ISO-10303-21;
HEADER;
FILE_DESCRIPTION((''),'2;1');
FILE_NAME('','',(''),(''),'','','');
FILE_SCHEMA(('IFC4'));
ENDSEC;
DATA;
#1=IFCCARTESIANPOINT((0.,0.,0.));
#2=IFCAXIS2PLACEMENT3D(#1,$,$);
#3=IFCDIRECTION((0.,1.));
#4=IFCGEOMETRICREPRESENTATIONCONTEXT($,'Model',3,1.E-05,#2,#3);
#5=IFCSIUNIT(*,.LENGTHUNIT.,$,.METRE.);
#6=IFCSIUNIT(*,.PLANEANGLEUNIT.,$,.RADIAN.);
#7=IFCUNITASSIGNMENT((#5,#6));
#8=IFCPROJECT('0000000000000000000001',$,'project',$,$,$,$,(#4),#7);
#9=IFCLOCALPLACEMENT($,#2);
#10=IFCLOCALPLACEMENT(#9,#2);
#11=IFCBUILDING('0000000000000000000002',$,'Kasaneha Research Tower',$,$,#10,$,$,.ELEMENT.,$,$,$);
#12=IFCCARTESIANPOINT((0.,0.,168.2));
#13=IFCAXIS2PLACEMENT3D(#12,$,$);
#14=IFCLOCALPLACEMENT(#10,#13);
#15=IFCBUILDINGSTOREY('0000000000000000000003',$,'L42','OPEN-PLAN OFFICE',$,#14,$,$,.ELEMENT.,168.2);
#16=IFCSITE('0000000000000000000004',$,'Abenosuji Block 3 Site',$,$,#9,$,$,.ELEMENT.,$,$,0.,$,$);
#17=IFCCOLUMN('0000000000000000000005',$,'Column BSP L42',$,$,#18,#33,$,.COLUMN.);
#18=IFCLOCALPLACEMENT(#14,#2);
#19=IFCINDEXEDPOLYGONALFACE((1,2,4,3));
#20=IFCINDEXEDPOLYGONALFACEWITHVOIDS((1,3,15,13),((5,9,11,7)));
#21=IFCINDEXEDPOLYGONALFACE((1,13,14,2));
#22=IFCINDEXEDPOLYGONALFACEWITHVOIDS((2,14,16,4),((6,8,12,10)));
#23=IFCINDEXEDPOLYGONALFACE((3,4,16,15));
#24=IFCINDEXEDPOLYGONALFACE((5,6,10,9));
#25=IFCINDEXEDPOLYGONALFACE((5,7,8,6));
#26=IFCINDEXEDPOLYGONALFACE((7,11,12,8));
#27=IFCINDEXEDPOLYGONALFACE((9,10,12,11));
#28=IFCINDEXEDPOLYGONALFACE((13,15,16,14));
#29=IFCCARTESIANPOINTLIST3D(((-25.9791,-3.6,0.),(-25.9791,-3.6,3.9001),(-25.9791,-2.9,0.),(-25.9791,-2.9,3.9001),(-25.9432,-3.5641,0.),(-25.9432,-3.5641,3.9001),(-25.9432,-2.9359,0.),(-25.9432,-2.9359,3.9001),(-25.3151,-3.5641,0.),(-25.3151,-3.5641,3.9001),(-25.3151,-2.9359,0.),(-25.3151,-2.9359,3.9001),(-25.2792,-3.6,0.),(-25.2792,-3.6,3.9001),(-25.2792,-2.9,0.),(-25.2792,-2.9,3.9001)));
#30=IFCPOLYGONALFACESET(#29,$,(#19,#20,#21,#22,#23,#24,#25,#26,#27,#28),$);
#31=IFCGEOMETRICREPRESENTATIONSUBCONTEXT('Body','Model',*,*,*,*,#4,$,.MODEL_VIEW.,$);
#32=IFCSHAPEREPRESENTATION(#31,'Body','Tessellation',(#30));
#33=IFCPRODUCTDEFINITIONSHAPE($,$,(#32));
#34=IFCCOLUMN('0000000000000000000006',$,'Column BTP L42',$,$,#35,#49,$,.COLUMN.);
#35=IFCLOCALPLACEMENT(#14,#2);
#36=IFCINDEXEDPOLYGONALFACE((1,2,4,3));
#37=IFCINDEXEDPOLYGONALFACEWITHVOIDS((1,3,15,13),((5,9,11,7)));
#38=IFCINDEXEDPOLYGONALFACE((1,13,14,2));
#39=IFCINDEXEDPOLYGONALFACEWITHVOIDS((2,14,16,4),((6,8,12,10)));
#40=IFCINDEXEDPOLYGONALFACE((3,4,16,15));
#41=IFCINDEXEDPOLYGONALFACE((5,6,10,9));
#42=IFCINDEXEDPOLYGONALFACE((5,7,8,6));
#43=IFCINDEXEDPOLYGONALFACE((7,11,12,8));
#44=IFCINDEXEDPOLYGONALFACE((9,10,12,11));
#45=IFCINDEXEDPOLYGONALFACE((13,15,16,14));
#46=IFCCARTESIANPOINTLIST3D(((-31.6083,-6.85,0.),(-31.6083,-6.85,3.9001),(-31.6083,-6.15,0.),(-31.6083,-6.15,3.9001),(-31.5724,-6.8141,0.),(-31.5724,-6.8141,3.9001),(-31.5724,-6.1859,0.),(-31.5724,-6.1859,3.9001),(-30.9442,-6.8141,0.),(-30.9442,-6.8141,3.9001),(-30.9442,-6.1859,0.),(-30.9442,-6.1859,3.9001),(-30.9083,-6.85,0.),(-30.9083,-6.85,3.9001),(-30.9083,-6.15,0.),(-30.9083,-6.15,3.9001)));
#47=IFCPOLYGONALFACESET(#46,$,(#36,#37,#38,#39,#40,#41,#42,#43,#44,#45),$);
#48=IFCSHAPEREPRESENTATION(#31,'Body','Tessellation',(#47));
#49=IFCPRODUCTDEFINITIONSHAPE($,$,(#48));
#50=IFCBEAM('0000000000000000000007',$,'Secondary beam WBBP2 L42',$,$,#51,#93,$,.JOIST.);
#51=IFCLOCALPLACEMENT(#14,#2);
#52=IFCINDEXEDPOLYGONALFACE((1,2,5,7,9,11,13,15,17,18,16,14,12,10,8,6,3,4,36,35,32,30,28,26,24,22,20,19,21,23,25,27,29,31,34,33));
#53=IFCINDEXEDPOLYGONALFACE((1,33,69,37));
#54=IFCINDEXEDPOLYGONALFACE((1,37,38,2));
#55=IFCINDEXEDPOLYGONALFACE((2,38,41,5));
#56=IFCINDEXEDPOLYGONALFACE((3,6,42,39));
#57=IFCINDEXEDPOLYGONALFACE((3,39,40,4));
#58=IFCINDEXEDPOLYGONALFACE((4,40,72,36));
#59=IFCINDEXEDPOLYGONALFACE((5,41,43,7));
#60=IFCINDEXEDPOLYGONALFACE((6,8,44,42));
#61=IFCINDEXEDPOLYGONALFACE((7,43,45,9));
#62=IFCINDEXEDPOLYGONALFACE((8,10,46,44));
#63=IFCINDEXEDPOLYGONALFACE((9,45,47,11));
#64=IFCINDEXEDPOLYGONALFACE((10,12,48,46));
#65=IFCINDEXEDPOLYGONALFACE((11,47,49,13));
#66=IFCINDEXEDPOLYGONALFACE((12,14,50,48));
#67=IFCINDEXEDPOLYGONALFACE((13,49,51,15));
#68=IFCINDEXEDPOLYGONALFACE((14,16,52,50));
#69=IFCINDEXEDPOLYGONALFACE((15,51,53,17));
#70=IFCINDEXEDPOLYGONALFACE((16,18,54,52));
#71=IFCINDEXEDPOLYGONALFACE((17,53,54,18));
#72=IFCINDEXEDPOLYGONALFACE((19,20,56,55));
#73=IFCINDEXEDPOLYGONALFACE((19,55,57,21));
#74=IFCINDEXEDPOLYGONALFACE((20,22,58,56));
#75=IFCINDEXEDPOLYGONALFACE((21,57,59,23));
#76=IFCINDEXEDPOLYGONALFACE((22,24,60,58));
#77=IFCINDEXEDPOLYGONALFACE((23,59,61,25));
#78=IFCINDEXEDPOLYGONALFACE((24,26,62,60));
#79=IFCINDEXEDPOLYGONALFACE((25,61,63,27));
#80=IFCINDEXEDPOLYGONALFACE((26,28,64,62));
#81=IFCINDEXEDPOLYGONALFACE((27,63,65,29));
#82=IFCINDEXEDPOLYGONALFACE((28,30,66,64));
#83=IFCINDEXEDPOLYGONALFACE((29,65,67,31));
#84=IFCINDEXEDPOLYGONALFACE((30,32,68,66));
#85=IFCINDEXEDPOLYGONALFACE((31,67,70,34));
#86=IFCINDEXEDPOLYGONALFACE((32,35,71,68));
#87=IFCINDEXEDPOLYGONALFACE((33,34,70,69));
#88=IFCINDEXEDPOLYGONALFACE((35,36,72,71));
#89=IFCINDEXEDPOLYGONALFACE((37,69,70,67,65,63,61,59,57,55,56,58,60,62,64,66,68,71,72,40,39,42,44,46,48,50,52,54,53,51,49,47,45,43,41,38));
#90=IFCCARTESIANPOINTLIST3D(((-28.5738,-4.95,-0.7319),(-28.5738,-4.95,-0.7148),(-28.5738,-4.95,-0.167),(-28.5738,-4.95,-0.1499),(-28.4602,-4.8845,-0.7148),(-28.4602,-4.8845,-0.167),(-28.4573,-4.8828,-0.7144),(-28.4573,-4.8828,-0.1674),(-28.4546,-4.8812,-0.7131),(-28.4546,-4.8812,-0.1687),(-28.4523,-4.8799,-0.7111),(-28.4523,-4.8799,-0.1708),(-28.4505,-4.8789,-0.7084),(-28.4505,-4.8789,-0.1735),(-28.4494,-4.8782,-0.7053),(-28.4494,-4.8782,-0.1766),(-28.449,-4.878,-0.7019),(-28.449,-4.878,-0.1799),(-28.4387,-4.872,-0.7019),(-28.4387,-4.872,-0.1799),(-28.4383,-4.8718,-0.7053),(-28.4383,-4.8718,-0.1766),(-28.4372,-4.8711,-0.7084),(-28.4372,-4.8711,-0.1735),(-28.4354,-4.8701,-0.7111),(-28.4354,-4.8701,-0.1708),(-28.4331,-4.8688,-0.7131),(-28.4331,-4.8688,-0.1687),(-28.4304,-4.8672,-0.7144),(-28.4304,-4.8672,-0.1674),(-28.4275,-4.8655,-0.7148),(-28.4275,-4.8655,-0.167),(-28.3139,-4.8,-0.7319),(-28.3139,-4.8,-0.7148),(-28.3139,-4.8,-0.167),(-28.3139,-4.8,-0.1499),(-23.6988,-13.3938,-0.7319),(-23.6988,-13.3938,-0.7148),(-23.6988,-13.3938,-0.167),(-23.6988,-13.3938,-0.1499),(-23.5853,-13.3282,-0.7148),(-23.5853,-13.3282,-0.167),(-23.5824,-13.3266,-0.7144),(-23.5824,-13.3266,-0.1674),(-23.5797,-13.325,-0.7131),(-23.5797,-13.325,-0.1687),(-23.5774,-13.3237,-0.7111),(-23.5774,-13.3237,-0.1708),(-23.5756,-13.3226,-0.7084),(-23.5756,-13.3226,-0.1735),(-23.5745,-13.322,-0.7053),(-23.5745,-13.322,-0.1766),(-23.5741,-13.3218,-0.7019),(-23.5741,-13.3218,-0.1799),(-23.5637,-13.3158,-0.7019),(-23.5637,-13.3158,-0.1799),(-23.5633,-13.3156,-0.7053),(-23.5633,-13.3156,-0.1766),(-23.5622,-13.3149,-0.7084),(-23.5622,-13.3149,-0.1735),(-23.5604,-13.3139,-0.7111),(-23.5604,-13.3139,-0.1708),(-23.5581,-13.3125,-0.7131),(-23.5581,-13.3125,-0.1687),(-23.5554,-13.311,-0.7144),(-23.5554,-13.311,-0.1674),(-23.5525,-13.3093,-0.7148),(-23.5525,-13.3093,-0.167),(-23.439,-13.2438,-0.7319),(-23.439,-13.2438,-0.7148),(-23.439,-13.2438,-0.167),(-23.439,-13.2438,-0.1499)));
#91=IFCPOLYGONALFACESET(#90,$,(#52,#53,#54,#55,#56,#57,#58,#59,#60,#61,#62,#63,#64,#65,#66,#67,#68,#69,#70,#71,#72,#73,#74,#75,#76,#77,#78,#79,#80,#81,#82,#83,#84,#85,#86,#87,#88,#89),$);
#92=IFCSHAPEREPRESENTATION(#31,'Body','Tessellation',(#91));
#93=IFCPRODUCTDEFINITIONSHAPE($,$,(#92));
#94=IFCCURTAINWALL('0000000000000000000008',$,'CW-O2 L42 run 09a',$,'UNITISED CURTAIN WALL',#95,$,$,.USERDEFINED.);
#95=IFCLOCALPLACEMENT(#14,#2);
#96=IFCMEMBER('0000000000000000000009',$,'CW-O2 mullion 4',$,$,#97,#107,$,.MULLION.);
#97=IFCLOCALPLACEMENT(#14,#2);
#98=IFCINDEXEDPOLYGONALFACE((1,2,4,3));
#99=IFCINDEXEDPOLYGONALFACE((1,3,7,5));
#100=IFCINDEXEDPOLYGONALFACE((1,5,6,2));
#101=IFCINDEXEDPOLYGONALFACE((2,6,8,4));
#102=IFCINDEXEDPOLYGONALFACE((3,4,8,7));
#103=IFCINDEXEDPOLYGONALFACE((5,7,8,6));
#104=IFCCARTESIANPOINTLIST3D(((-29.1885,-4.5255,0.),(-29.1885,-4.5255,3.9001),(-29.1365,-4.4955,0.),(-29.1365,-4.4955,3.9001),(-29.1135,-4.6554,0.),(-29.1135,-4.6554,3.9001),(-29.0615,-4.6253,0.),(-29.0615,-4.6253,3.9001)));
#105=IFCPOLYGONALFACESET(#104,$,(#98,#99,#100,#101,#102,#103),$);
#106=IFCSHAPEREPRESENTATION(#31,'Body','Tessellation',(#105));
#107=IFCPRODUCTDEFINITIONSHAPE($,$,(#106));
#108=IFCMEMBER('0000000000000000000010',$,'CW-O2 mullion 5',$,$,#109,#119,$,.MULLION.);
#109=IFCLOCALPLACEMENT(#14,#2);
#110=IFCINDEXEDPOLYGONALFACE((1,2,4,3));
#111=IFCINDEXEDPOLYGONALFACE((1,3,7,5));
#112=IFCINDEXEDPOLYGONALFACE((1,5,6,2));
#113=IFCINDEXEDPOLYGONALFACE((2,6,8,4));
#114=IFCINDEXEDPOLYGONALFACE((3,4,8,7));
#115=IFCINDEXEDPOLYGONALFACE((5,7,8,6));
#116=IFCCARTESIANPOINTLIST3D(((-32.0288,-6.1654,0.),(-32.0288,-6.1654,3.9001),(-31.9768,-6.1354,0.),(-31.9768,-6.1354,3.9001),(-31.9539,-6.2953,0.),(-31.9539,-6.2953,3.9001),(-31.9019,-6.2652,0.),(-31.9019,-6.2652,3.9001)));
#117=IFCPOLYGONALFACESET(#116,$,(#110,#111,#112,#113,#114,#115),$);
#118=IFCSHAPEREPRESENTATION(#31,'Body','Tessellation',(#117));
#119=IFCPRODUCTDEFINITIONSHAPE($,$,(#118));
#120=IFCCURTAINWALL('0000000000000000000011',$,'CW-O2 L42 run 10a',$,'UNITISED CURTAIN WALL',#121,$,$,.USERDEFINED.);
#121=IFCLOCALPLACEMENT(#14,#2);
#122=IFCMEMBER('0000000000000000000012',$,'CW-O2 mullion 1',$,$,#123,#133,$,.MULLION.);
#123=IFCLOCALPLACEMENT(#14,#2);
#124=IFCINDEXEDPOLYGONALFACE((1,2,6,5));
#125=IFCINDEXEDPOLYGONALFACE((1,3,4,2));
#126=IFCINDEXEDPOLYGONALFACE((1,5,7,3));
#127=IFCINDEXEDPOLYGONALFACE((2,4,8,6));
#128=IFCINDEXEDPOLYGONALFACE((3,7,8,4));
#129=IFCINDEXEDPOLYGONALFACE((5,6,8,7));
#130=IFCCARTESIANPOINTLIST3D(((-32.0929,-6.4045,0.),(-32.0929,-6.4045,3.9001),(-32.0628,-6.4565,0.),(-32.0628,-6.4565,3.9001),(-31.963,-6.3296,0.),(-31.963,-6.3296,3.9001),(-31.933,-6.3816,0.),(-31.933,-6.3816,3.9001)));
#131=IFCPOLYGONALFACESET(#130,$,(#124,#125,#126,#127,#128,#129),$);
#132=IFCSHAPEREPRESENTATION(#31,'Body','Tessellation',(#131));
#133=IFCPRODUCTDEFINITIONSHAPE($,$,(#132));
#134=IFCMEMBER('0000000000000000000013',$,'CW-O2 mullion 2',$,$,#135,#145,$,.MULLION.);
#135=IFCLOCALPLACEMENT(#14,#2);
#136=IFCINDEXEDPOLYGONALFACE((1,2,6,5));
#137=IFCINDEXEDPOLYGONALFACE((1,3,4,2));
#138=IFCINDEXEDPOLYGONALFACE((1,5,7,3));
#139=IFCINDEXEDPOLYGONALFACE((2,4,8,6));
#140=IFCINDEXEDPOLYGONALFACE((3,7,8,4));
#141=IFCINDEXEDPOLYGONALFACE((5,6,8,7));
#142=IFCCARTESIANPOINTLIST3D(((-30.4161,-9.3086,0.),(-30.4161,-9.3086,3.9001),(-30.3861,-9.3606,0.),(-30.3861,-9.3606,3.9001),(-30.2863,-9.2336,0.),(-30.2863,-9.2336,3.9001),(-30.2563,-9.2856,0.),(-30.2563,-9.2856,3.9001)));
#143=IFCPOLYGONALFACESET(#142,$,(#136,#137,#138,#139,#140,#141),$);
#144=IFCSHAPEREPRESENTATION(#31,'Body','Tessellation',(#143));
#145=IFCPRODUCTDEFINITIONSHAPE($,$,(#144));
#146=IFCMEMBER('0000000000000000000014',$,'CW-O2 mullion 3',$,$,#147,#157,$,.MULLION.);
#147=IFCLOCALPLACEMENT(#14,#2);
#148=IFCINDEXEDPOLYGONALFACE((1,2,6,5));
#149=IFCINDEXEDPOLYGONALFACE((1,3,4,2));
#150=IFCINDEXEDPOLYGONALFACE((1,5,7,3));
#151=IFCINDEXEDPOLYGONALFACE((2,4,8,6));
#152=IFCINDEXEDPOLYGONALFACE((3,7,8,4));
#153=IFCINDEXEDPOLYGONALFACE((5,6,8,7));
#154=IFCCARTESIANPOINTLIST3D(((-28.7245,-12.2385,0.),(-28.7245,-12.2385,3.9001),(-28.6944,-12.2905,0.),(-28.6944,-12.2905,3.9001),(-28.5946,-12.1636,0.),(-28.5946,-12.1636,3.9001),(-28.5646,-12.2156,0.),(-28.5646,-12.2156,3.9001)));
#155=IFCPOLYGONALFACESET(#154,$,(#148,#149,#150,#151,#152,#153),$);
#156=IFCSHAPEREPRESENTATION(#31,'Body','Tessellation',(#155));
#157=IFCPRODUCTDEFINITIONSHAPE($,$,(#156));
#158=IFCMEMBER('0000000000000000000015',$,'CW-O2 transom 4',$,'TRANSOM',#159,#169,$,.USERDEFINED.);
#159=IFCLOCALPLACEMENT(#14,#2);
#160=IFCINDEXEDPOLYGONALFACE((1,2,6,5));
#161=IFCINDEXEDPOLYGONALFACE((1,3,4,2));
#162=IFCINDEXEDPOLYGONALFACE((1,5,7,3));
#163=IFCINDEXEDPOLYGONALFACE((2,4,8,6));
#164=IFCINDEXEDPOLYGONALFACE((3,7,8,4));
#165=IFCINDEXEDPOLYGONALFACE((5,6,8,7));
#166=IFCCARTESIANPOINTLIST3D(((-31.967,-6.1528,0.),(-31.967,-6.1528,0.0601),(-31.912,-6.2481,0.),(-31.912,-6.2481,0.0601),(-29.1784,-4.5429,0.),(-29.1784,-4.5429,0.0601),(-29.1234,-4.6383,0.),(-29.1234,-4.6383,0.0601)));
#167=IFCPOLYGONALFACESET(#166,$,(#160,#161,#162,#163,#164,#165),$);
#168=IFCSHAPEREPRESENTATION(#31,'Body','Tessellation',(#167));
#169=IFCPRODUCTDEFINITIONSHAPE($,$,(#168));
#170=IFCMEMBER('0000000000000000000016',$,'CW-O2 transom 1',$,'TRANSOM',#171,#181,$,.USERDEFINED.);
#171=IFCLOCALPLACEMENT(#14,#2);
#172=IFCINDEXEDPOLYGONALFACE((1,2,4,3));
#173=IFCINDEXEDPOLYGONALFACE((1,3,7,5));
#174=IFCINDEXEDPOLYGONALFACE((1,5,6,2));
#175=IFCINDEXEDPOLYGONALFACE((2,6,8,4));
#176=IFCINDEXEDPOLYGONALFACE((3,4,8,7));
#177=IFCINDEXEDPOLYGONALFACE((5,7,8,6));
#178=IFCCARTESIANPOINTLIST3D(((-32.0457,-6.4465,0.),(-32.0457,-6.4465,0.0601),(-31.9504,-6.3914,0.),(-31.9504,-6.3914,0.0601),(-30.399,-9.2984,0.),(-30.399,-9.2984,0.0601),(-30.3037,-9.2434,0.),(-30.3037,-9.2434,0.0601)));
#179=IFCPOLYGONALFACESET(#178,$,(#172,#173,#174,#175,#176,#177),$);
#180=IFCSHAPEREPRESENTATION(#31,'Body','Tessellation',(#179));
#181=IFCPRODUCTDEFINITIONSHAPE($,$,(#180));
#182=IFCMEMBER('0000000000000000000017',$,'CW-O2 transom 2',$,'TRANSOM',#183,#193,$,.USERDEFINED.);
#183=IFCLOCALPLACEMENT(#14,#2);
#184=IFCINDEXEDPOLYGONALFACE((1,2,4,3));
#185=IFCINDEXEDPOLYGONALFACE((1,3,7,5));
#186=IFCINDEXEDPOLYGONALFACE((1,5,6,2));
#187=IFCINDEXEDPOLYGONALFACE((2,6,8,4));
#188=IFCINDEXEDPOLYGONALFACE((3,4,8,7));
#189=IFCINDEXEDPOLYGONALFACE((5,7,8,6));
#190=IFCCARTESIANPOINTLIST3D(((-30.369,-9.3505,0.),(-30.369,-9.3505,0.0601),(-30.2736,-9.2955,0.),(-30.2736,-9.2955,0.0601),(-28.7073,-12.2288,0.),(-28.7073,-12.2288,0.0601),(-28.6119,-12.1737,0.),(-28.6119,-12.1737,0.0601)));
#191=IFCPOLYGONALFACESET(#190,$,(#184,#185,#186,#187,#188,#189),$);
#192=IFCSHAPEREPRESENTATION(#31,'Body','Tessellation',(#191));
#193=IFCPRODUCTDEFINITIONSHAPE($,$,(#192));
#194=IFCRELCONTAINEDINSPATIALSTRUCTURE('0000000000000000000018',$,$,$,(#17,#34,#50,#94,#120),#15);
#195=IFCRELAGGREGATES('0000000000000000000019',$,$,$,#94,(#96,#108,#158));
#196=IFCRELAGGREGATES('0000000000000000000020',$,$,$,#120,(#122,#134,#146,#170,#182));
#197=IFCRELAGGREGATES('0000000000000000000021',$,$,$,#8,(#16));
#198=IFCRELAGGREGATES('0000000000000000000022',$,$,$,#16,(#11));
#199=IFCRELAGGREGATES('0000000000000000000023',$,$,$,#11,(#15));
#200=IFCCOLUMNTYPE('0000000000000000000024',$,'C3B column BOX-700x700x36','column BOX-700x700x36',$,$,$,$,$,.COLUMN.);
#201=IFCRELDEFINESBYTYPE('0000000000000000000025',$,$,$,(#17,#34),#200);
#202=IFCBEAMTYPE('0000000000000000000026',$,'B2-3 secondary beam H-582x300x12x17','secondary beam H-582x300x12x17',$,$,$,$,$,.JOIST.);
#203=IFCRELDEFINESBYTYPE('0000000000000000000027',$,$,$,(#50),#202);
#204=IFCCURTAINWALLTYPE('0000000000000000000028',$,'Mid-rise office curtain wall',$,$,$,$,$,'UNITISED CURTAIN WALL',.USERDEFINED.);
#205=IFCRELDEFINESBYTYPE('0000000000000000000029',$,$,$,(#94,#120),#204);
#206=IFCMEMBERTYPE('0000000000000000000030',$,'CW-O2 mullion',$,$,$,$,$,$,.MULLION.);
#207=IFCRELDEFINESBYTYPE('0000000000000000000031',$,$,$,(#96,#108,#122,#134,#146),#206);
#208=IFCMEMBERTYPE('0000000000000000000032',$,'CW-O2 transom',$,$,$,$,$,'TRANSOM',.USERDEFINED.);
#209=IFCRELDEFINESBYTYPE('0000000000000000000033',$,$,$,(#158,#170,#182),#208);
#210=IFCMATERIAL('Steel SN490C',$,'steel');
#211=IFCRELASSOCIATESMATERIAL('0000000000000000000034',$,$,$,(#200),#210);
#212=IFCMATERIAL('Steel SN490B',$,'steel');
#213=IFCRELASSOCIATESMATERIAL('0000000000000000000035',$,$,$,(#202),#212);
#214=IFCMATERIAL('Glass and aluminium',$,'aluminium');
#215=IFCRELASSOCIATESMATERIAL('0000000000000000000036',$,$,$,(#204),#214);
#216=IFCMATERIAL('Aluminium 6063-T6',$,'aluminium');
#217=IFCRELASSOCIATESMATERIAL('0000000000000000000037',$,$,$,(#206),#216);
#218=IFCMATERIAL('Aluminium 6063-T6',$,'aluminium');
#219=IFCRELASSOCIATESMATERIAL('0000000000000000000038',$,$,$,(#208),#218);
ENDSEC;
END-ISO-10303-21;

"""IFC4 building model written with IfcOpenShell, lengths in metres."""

from ifc_helpers import new_model, si_unit, direction, frame, origin, origin_2d, place, context, subcontext, project, spatial, rectangle, hollow_rectangle, i_section, extrude, material, material_profile, profile_set, type_object, element, aggregate, save


model = new_model("IFC4")

# Units and contexts
model_context = context("Model", 3, precision=1e-05, world=origin(), true_north=direction((0.0, 1.0)))
body_context = subcontext(model_context, "Body", "Model", "MODEL_VIEW")
ifc_project = project(units=[si_unit("LENGTHUNIT", "METRE"), si_unit("PLANEANGLEUNIT", "RADIAN")], contexts=[model_context])

# Site, building, storey
site_placement = place(None, origin())
site = spatial("IfcSite", under=ifc_project, at=site_placement, Name="Abenosuji Block 3 Site", CompositionType="ELEMENT", RefElevation=0.0)
building_placement = place(site_placement, origin())
building = spatial("IfcBuilding", under=site, at=building_placement, Name="Kasaneha Research Tower", CompositionType="ELEMENT")
storey_placement = place(building_placement, frame((0.0, 0.0, 168.2)))
storey = spatial("IfcBuildingStorey", under=building, at=storey_placement, Name="L42", Description="OPEN-PLAN OFFICE", CompositionType="ELEMENT", Elevation=168.2)

# Columns
ifc_material_1 = material(Name="Steel SN490C", Category="steel")
ifc_material_profile_1 = material_profile(ifc_material_1, hollow_rectangle(XDim=0.7, YDim=0.7, WallThickness=0.0359, at=origin_2d()), Name="BOX-700x700x36")
ifc_profile_set_1 = profile_set([ifc_material_profile_1], Name="Steel SN490C")
column_type = type_object("IfcColumnType", Name="C3B column BOX-700x700x36", Description="column BOX-700x700x36", PredefinedType="COLUMN", material=ifc_profile_set_1)
for number, where, z_axis, x_axis, name in (
    (1, (-25.6292, -3.25, 0.0), (0.0, 0.0, 1.0), (1.0, 0.0, 0.0), "Column BSP L42"),
    (2, (-31.2583, -6.5, 0.0), (0.0, 0.0, 1.0), (1.0, 0.0, 0.0), "Column BTP L42"),
):
    element("IfcColumn", number, at=place(storey_placement, frame(where, z_axis=z_axis, x_axis=x_axis)), inside=storey, type_object=column_type, Name=name, PredefinedType="COLUMN", context=body_context, shape_type="SweptSolid", body=[
        extrude(hollow_rectangle(XDim=0.7, YDim=0.7, WallThickness=0.0359, at=origin_2d()), origin(), (0.0, 0.0, 1.0), 3.9001),
    ])

# Beam
ifc_material_2 = material(Name="Steel SN490B", Category="steel")
ifc_material_profile_2 = material_profile(ifc_material_2, i_section(OverallWidth=0.3, OverallDepth=0.582, WebThickness=0.012, FlangeThickness=0.0171, FilletRadius=0.0129, at=origin_2d()), Name="H-582x300x12x17")
ifc_profile_set_2 = profile_set([ifc_material_profile_2], Name="Steel SN490B")
beam_type_1 = type_object("IfcBeamType", Name="B2-3 secondary beam H-582x300x12x17", Description="secondary beam H-582x300x12x17", PredefinedType="JOIST", material=ifc_profile_set_2)
beam_1_placement = place(storey_placement, frame((-28.4438, -4.875, -0.4409), z_axis=(0.499996, -0.866028, 0.0), x_axis=(0.866028, 0.499996, 0.0)))
element("IfcBeam", 3, at=beam_1_placement, inside=storey, type_object=beam_type_1, Name="Secondary beam WBBP2 L42", PredefinedType="JOIST", context=body_context, shape_type="SweptSolid", body=[
    extrude(i_section(OverallWidth=0.3, OverallDepth=0.582, WebThickness=0.012, FlangeThickness=0.0171, FilletRadius=0.0129, at=origin_2d()), origin(), (0.0, 0.0, 1.0), 9.75),
])

# Curtain walls, members
ifc_material_3 = material(Name="Glass and aluminium", Category="aluminium")
curtain_wall_type = type_object("IfcCurtainWallType", Name="Mid-rise office curtain wall", ElementType="UNITISED CURTAIN WALL", PredefinedType="USERDEFINED", material=ifc_material_3)
curtain_wall_1_placement = place(storey_placement, origin())
curtain_wall_1 = element("IfcCurtainWall", 4, at=curtain_wall_1_placement, inside=storey, type_object=curtain_wall_type, Name="CW-O2 L42 run 09a", ObjectType="UNITISED CURTAIN WALL", PredefinedType="USERDEFINED")
ifc_material_4 = material(Name="Aluminium 6063-T6", Category="aluminium")
ifc_material_profile_3 = material_profile(ifc_material_4, rectangle(XDim=0.0601, YDim=0.1499, at=origin_2d()), Name="CW-O2 mullion 60x150")
ifc_profile_set_3 = profile_set([ifc_material_profile_3], Name="Aluminium 6063-T6")
member_type_1 = type_object("IfcMemberType", Name="CW-O2 mullion", PredefinedType="MULLION", material=ifc_profile_set_3)
member_1_placement = place(storey_placement, frame((-29.125, -4.5754, 0.0), z_axis=(0.0, 0.0, 1.0), x_axis=(-0.866025, -0.5, 0.0)))
member_1 = element("IfcMember", 5, at=member_1_placement, type_object=member_type_1, Name="CW-O2 mullion 4", PredefinedType="MULLION", context=body_context, shape_type="SweptSolid", body=[
    extrude(rectangle(XDim=0.0601, YDim=0.1499, at=origin_2d()), origin(), (0.0, 0.0, 1.0), 3.9001),
])
member_2_placement = place(storey_placement, frame((-31.9653, -6.2153, 0.0), z_axis=(0.0, 0.0, 1.0), x_axis=(-0.866025, -0.5, 0.0)))
member_2 = element("IfcMember", 6, at=member_2_placement, type_object=member_type_1, Name="CW-O2 mullion 5", PredefinedType="MULLION", context=body_context, shape_type="SweptSolid", body=[
    extrude(rectangle(XDim=0.0601, YDim=0.1499, at=origin_2d()), origin(), (0.0, 0.0, 1.0), 3.9001),
])
curtain_wall_2_placement = place(storey_placement, origin())
curtain_wall_2 = element("IfcCurtainWall", 7, at=curtain_wall_2_placement, inside=storey, type_object=curtain_wall_type, Name="CW-O2 L42 run 10a", ObjectType="UNITISED CURTAIN WALL", PredefinedType="USERDEFINED")
member_3_placement = place(storey_placement, frame((-32.0129, -6.3931, 0.0), z_axis=(0.0, 0.0, 1.0), x_axis=(0.5, -0.866025, 0.0)))
member_3 = element("IfcMember", 8, at=member_3_placement, type_object=member_type_1, Name="CW-O2 mullion 1", PredefinedType="MULLION", context=body_context, shape_type="SweptSolid", body=[
    extrude(rectangle(XDim=0.0601, YDim=0.1499, at=origin_2d()), origin(), (0.0, 0.0, 1.0), 3.9001),
])
member_4_placement = place(storey_placement, frame((-30.3362, -9.2971, 0.0), z_axis=(0.0, 0.0, 1.0), x_axis=(0.5, -0.866025, 0.0)))
member_4 = element("IfcMember", 9, at=member_4_placement, type_object=member_type_1, Name="CW-O2 mullion 2", PredefinedType="MULLION", context=body_context, shape_type="SweptSolid", body=[
    extrude(rectangle(XDim=0.0601, YDim=0.1499, at=origin_2d()), origin(), (0.0, 0.0, 1.0), 3.9001),
])
member_5_placement = place(storey_placement, frame((-28.6445, -12.2271, 0.0), z_axis=(0.0, 0.0, 1.0), x_axis=(0.5, -0.866025, 0.0)))
member_5 = element("IfcMember", 10, at=member_5_placement, type_object=member_type_1, Name="CW-O2 mullion 3", PredefinedType="MULLION", context=body_context, shape_type="SweptSolid", body=[
    extrude(rectangle(XDim=0.0601, YDim=0.1499, at=origin_2d()), origin(), (0.0, 0.0, 1.0), 3.9001),
])

# Members
ifc_material_5 = material(Name="Aluminium 6063-T6", Category="aluminium")
ifc_material_profile_4 = material_profile(ifc_material_5, rectangle(XDim=0.1101, YDim=0.0601, at=origin_2d()), Name="CW-O2 transom 110x60")
ifc_profile_set_4 = profile_set([ifc_material_profile_4], Name="Aluminium 6063-T6")
member_type_2 = type_object("IfcMemberType", Name="CW-O2 transom", ElementType="TRANSOM", PredefinedType="USERDEFINED", material=ifc_profile_set_4)
member_6_placement = place(storey_placement, frame((-29.1509, -4.5906, 0.03), z_axis=(-0.866042, -0.499972, 0.0), x_axis=(0.499972, -0.866042, 0.0)))
member_6 = element("IfcMember", 11, at=member_6_placement, type_object=member_type_2, Name="CW-O2 transom 4", ObjectType="TRANSOM", PredefinedType="USERDEFINED", context=body_context, shape_type="SweptSolid", body=[
    extrude(rectangle(XDim=0.1101, YDim=0.0601, at=origin_2d()), origin(), (0.0, 0.0, 1.0), 3.22),
])
member_7_placement = place(storey_placement, frame((-31.998, -6.4189, 0.03), z_axis=(0.500022, -0.866013, 0.0), x_axis=(0.866013, 0.500022, 0.0)))
member_7 = element("IfcMember", 12, at=member_7_placement, type_object=member_type_2, Name="CW-O2 transom 1", ObjectType="TRANSOM", PredefinedType="USERDEFINED", context=body_context, shape_type="SweptSolid", body=[
    extrude(rectangle(XDim=0.1101, YDim=0.0601, at=origin_2d()), origin(), (0.0, 0.0, 1.0), 3.2932),
])
member_8_placement = place(storey_placement, frame((-30.3213, -9.323, 0.03), z_axis=(0.499979, -0.866038, 0.0), x_axis=(0.866038, 0.499979, 0.0)))
member_8 = element("IfcMember", 13, at=member_8_placement, type_object=member_type_2, Name="CW-O2 transom 2", ObjectType="TRANSOM", PredefinedType="USERDEFINED", context=body_context, shape_type="SweptSolid", body=[
    extrude(rectangle(XDim=0.1101, YDim=0.0601, at=origin_2d()), origin(), (0.0, 0.0, 1.0), 3.3235),
])

aggregate(curtain_wall_1, [member_1, member_2, member_6])
aggregate(curtain_wall_2, [member_3, member_4, member_5, member_7, member_8])

save(model, "model.ifc")
